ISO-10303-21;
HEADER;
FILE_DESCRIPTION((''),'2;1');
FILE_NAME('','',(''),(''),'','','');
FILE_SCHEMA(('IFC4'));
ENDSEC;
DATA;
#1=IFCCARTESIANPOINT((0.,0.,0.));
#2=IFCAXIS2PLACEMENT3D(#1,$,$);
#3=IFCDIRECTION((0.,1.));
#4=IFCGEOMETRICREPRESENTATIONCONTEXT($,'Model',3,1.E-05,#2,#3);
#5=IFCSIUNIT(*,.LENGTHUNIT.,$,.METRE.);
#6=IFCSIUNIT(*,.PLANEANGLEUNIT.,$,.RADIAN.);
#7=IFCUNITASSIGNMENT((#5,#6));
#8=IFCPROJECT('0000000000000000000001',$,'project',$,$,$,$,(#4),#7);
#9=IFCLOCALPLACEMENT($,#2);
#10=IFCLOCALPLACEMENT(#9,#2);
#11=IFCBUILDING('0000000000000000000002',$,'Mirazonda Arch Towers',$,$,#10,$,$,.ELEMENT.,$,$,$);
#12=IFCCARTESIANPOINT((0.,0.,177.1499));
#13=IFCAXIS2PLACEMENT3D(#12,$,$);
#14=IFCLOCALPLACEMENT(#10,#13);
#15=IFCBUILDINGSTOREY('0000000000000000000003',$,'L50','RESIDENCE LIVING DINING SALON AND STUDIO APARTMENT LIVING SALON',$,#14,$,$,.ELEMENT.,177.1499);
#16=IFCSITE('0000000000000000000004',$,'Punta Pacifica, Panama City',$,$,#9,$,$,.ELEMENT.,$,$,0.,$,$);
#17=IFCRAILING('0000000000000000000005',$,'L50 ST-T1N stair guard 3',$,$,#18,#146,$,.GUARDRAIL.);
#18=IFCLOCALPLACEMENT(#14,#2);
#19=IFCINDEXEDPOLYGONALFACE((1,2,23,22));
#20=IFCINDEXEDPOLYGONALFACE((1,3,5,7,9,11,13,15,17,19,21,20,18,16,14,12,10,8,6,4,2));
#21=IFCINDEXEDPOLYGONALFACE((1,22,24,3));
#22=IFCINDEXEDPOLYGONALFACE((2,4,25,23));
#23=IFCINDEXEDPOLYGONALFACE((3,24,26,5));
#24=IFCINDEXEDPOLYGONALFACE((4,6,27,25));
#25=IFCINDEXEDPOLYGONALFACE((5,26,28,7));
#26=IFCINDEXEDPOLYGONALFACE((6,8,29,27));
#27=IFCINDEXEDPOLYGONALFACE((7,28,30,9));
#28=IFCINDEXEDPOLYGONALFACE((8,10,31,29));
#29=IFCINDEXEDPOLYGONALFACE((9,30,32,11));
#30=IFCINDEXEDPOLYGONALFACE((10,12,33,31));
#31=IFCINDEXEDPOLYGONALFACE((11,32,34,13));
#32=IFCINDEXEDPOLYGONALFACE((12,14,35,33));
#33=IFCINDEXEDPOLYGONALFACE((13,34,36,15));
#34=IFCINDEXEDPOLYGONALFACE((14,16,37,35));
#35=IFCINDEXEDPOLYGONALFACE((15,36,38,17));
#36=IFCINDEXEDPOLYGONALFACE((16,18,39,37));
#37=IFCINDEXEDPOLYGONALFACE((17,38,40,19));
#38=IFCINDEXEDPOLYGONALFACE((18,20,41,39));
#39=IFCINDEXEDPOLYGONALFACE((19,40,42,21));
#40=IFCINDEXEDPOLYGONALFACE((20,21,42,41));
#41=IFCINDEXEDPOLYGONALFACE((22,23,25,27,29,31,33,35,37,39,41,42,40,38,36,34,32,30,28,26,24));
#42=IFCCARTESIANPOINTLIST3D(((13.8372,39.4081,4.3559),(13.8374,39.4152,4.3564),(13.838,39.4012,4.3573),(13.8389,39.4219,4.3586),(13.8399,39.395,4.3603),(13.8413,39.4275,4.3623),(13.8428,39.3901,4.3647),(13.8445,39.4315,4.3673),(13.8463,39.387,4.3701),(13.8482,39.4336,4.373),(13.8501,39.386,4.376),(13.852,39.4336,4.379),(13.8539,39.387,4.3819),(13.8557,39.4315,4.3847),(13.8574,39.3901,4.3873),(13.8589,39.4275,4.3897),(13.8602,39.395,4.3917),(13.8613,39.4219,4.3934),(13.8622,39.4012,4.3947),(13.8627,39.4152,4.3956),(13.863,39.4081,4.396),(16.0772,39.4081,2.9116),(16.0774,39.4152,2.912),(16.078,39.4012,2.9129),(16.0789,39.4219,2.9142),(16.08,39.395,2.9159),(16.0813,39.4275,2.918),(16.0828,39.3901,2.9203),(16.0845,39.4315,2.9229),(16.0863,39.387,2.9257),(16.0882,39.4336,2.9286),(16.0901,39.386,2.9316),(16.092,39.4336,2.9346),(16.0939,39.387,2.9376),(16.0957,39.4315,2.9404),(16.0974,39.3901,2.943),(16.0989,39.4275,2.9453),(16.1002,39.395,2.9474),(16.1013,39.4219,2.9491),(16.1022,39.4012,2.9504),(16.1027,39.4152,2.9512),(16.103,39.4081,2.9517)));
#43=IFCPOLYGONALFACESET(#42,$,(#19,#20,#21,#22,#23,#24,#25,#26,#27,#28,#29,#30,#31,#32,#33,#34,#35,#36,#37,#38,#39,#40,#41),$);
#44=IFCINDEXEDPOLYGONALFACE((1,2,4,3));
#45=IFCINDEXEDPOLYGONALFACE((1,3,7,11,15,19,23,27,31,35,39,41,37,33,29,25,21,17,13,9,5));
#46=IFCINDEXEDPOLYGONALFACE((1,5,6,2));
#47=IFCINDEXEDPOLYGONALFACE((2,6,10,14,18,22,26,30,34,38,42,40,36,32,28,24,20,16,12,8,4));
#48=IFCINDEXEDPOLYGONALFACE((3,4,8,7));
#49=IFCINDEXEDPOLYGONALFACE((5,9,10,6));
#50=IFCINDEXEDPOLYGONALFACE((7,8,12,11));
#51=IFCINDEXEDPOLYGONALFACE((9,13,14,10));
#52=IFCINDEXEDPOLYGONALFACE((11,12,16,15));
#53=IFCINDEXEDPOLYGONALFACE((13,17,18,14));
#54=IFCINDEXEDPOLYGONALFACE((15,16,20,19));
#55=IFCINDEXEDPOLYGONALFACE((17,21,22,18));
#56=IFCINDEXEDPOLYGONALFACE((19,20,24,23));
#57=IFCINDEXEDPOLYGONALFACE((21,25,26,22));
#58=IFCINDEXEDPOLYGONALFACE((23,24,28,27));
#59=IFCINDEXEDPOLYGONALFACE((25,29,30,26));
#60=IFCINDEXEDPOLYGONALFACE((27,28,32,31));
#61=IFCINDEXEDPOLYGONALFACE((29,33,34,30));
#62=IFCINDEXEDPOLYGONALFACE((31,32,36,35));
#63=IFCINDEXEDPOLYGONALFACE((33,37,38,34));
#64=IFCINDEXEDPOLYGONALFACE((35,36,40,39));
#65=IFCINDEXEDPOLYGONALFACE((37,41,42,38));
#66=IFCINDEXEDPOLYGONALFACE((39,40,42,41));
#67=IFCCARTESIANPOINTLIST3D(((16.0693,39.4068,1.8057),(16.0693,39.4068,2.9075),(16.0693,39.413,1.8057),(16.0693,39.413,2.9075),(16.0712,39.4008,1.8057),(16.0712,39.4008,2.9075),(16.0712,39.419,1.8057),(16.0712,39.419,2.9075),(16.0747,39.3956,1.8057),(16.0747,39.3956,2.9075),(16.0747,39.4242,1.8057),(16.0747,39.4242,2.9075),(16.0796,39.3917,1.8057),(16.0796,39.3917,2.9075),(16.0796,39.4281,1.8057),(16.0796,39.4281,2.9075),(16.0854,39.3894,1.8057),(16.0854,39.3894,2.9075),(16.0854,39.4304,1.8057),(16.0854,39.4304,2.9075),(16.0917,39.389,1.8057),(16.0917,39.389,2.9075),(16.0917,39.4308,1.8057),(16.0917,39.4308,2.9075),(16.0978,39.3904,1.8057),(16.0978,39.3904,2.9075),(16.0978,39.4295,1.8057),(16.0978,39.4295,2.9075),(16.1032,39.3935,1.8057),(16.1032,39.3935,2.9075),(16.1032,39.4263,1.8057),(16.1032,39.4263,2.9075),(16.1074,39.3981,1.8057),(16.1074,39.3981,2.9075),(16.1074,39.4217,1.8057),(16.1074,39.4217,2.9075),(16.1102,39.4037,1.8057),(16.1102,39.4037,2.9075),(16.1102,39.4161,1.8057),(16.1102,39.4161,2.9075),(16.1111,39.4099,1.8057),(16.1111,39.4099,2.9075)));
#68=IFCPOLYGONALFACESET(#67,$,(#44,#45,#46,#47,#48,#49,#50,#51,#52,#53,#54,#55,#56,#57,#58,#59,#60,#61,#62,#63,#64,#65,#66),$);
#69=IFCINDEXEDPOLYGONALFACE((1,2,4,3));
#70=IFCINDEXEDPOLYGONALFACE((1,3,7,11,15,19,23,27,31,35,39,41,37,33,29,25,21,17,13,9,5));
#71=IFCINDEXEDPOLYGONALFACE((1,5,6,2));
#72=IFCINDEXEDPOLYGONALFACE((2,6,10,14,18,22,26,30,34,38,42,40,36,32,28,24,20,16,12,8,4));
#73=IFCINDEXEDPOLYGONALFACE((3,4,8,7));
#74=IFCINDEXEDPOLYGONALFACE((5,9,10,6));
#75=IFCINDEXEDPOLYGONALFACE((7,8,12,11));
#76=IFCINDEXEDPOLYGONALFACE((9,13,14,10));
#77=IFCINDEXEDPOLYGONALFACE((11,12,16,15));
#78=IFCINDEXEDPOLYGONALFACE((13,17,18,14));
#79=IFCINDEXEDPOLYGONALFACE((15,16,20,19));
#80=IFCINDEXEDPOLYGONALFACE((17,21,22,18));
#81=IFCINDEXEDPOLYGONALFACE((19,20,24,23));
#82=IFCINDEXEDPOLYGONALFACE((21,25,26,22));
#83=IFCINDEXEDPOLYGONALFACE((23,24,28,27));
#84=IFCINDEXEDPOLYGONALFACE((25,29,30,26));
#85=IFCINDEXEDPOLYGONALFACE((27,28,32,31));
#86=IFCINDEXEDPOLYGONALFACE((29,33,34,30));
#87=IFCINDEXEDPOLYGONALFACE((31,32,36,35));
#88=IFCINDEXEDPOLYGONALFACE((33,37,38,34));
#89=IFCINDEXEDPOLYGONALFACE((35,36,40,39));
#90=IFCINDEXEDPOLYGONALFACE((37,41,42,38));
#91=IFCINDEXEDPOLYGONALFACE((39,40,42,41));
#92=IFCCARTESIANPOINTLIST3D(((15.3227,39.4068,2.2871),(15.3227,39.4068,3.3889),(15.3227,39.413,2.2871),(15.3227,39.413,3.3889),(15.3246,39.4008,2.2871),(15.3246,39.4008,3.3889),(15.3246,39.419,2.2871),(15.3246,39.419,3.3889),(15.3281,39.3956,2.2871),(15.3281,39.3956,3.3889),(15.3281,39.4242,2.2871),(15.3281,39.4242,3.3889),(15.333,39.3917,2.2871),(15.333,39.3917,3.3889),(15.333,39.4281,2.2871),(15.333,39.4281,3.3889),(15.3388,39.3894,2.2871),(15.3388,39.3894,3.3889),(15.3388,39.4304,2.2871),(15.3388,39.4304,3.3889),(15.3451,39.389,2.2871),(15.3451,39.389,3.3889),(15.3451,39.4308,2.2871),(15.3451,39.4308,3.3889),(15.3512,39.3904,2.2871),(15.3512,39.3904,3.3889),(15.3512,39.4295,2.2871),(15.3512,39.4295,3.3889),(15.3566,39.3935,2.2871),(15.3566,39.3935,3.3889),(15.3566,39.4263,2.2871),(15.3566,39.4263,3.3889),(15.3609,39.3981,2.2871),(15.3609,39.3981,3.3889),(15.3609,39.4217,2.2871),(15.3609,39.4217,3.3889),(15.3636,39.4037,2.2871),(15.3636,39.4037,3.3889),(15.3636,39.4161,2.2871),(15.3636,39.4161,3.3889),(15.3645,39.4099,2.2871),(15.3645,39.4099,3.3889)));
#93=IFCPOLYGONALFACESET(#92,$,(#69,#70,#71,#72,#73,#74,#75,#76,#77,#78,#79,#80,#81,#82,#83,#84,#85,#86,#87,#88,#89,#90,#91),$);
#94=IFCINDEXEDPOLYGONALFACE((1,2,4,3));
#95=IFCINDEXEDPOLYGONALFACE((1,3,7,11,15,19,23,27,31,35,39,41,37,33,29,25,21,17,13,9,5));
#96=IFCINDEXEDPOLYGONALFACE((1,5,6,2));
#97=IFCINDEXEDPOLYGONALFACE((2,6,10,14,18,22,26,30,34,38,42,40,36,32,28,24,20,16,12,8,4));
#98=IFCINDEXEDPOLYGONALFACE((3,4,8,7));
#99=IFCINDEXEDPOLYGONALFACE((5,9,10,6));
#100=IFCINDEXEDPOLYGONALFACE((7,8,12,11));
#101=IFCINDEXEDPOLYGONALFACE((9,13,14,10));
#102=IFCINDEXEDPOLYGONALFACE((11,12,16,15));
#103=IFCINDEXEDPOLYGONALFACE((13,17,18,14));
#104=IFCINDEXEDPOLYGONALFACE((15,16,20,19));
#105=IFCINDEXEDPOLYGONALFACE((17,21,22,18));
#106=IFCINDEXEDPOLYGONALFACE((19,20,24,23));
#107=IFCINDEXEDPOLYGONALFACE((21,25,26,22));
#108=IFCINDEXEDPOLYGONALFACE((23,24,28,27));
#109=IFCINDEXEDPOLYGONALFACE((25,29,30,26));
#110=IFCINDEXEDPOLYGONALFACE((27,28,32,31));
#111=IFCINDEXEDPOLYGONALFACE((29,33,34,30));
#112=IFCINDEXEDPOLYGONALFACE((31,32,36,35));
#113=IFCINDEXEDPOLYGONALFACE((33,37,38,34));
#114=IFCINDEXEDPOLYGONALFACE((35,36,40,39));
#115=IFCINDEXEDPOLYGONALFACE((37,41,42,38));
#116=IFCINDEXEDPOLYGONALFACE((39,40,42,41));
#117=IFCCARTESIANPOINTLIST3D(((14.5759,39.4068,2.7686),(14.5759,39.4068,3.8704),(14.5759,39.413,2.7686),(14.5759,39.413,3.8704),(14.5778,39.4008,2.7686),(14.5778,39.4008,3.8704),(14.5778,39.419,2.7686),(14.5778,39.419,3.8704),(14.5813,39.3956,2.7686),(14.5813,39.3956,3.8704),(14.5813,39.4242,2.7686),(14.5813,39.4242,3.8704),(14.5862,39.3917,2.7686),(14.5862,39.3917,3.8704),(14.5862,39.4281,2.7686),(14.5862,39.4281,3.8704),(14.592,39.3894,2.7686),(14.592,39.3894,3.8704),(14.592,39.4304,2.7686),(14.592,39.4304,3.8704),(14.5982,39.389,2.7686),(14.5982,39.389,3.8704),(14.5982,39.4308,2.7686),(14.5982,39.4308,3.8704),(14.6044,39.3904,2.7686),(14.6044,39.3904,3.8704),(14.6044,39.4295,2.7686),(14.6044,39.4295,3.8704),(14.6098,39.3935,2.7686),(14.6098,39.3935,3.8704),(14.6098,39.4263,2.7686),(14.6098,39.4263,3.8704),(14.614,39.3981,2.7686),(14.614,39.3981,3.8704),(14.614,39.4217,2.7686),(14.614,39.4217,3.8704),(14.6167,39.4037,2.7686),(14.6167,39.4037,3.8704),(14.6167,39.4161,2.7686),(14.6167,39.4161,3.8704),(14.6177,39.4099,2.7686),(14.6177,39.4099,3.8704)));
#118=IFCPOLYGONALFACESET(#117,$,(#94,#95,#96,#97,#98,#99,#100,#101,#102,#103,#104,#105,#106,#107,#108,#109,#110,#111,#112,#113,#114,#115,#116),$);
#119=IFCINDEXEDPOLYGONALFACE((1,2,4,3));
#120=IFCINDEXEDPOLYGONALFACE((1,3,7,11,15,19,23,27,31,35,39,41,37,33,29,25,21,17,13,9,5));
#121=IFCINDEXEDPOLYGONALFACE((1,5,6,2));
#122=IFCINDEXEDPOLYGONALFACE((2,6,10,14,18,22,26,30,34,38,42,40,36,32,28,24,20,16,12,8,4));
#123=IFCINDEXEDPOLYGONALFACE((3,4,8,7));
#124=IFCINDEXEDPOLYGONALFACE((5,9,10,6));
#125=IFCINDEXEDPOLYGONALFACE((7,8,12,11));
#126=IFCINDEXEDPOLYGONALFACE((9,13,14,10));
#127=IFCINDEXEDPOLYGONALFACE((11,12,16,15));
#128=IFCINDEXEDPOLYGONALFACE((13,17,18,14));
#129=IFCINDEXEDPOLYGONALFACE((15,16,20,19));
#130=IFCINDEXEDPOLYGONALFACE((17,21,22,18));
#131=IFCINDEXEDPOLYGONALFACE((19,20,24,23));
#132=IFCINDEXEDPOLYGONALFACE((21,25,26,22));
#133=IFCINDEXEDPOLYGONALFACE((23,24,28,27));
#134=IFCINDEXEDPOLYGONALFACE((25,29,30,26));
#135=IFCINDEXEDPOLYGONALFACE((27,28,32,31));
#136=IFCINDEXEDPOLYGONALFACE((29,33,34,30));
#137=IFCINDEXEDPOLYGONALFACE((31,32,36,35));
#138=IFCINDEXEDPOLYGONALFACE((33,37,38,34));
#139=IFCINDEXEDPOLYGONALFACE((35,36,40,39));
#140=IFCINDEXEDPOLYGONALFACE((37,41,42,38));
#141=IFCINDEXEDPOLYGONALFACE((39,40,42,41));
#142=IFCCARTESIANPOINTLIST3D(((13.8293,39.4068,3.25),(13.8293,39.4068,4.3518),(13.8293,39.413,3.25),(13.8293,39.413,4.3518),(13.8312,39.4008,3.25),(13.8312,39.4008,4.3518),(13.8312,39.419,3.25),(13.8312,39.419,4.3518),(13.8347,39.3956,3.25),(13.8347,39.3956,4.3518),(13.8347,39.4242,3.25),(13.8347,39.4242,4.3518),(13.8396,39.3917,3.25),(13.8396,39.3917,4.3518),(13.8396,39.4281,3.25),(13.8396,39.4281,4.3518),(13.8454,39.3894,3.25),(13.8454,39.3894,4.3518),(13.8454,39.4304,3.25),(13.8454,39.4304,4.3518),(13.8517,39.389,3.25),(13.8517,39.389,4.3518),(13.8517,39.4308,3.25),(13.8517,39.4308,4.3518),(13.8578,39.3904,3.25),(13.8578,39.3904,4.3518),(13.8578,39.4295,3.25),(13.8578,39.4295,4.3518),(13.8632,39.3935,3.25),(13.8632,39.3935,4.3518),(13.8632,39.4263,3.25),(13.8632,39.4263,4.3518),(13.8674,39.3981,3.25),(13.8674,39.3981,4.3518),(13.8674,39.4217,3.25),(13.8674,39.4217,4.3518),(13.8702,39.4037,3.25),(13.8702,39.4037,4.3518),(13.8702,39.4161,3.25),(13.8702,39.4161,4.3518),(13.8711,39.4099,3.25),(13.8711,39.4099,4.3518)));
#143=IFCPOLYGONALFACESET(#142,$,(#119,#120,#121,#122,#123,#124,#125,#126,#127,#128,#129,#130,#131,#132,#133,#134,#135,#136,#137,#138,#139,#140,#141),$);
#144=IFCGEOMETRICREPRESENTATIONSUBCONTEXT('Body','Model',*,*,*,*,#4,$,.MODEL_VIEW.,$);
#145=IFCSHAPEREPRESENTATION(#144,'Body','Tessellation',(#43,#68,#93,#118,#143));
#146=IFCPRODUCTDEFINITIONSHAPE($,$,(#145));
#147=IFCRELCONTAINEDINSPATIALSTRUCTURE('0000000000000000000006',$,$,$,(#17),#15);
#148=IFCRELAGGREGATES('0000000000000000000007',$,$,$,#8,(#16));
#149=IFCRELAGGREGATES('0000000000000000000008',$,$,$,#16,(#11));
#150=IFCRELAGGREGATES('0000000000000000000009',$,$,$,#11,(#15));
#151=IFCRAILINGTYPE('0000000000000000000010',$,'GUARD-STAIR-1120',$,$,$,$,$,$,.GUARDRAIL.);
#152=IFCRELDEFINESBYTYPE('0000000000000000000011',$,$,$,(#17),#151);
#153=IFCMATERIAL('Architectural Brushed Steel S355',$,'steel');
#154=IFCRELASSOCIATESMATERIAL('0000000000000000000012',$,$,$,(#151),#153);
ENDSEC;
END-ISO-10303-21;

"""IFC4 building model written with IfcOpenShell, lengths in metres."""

from ifc_helpers import new_model, si_unit, direction, frame, origin, origin_2d, place, context, subcontext, project, spatial, circle, extrude, material, type_object, element, save


model = new_model("IFC4")

# Units and contexts
model_context = context("Model", 3, precision=1e-05, world=origin(), true_north=direction((0.0, 1.0)))
body_context = subcontext(model_context, "Body", "Model", "MODEL_VIEW")
ifc_project = project(units=[si_unit("LENGTHUNIT", "METRE"), si_unit("PLANEANGLEUNIT", "RADIAN")], contexts=[model_context])

# Site, building, storey
site_placement = place(None, origin())
site = spatial("IfcSite", under=ifc_project, at=site_placement, Name="Punta Pacifica, Panama City", CompositionType="ELEMENT", RefElevation=0.0)
building_placement = place(site_placement, origin())
building = spatial("IfcBuilding", under=site, at=building_placement, Name="Mirazonda Arch Towers", CompositionType="ELEMENT")
storey_placement = place(building_placement, frame((0.0, 0.0, 177.1499)))
storey = spatial("IfcBuildingStorey", under=building, at=storey_placement, Name="L50", Description="RESIDENCE LIVING DINING SALON AND STUDIO APARTMENT LIVING SALON", CompositionType="ELEMENT", Elevation=177.1499)

# Shared definitions
ifc_material_1 = material(Name="Architectural Brushed Steel S355", Category="steel")

# Railing
railing_type_1 = type_object("IfcRailingType", Name="GUARD-STAIR-1120", PredefinedType="GUARDRAIL", material=ifc_material_1)
railing_1_placement = place(storey_placement, frame((16.0901, 39.4099, 1.8057)))
element("IfcRailing", 1, at=railing_1_placement, inside=storey, type_object=railing_type_1, Name="L50 ST-T1N stair guard 3", PredefinedType="GUARDRAIL", context=body_context, shape_type="SweptSolid", body=[
    extrude(circle(Radius=0.0239, at=origin_2d()), frame((0.0, 0.0, 1.126), z_axis=(-0.840437, 0.0, 0.54191), x_axis=(0.0, -1.0, 0.0)), (0.0, 0.0, 1.0), 2.6653),
    extrude(circle(Radius=0.021, at=origin_2d()), origin(), (0.0, 0.0, 1.0), 1.1018),
    extrude(circle(Radius=0.021, at=origin_2d()), frame((-0.7466, 0.0, 0.4814)), (0.0, 0.0, 1.0), 1.1018),
    extrude(circle(Radius=0.021, at=origin_2d()), frame((-1.4934, 0.0, 0.9629)), (0.0, 0.0, 1.0), 1.1018),
    extrude(circle(Radius=0.021, at=origin_2d()), frame((-2.24, 0.0, 1.4443)), (0.0, 0.0, 1.0), 1.1018),
])

save(model, "model.ifc")
